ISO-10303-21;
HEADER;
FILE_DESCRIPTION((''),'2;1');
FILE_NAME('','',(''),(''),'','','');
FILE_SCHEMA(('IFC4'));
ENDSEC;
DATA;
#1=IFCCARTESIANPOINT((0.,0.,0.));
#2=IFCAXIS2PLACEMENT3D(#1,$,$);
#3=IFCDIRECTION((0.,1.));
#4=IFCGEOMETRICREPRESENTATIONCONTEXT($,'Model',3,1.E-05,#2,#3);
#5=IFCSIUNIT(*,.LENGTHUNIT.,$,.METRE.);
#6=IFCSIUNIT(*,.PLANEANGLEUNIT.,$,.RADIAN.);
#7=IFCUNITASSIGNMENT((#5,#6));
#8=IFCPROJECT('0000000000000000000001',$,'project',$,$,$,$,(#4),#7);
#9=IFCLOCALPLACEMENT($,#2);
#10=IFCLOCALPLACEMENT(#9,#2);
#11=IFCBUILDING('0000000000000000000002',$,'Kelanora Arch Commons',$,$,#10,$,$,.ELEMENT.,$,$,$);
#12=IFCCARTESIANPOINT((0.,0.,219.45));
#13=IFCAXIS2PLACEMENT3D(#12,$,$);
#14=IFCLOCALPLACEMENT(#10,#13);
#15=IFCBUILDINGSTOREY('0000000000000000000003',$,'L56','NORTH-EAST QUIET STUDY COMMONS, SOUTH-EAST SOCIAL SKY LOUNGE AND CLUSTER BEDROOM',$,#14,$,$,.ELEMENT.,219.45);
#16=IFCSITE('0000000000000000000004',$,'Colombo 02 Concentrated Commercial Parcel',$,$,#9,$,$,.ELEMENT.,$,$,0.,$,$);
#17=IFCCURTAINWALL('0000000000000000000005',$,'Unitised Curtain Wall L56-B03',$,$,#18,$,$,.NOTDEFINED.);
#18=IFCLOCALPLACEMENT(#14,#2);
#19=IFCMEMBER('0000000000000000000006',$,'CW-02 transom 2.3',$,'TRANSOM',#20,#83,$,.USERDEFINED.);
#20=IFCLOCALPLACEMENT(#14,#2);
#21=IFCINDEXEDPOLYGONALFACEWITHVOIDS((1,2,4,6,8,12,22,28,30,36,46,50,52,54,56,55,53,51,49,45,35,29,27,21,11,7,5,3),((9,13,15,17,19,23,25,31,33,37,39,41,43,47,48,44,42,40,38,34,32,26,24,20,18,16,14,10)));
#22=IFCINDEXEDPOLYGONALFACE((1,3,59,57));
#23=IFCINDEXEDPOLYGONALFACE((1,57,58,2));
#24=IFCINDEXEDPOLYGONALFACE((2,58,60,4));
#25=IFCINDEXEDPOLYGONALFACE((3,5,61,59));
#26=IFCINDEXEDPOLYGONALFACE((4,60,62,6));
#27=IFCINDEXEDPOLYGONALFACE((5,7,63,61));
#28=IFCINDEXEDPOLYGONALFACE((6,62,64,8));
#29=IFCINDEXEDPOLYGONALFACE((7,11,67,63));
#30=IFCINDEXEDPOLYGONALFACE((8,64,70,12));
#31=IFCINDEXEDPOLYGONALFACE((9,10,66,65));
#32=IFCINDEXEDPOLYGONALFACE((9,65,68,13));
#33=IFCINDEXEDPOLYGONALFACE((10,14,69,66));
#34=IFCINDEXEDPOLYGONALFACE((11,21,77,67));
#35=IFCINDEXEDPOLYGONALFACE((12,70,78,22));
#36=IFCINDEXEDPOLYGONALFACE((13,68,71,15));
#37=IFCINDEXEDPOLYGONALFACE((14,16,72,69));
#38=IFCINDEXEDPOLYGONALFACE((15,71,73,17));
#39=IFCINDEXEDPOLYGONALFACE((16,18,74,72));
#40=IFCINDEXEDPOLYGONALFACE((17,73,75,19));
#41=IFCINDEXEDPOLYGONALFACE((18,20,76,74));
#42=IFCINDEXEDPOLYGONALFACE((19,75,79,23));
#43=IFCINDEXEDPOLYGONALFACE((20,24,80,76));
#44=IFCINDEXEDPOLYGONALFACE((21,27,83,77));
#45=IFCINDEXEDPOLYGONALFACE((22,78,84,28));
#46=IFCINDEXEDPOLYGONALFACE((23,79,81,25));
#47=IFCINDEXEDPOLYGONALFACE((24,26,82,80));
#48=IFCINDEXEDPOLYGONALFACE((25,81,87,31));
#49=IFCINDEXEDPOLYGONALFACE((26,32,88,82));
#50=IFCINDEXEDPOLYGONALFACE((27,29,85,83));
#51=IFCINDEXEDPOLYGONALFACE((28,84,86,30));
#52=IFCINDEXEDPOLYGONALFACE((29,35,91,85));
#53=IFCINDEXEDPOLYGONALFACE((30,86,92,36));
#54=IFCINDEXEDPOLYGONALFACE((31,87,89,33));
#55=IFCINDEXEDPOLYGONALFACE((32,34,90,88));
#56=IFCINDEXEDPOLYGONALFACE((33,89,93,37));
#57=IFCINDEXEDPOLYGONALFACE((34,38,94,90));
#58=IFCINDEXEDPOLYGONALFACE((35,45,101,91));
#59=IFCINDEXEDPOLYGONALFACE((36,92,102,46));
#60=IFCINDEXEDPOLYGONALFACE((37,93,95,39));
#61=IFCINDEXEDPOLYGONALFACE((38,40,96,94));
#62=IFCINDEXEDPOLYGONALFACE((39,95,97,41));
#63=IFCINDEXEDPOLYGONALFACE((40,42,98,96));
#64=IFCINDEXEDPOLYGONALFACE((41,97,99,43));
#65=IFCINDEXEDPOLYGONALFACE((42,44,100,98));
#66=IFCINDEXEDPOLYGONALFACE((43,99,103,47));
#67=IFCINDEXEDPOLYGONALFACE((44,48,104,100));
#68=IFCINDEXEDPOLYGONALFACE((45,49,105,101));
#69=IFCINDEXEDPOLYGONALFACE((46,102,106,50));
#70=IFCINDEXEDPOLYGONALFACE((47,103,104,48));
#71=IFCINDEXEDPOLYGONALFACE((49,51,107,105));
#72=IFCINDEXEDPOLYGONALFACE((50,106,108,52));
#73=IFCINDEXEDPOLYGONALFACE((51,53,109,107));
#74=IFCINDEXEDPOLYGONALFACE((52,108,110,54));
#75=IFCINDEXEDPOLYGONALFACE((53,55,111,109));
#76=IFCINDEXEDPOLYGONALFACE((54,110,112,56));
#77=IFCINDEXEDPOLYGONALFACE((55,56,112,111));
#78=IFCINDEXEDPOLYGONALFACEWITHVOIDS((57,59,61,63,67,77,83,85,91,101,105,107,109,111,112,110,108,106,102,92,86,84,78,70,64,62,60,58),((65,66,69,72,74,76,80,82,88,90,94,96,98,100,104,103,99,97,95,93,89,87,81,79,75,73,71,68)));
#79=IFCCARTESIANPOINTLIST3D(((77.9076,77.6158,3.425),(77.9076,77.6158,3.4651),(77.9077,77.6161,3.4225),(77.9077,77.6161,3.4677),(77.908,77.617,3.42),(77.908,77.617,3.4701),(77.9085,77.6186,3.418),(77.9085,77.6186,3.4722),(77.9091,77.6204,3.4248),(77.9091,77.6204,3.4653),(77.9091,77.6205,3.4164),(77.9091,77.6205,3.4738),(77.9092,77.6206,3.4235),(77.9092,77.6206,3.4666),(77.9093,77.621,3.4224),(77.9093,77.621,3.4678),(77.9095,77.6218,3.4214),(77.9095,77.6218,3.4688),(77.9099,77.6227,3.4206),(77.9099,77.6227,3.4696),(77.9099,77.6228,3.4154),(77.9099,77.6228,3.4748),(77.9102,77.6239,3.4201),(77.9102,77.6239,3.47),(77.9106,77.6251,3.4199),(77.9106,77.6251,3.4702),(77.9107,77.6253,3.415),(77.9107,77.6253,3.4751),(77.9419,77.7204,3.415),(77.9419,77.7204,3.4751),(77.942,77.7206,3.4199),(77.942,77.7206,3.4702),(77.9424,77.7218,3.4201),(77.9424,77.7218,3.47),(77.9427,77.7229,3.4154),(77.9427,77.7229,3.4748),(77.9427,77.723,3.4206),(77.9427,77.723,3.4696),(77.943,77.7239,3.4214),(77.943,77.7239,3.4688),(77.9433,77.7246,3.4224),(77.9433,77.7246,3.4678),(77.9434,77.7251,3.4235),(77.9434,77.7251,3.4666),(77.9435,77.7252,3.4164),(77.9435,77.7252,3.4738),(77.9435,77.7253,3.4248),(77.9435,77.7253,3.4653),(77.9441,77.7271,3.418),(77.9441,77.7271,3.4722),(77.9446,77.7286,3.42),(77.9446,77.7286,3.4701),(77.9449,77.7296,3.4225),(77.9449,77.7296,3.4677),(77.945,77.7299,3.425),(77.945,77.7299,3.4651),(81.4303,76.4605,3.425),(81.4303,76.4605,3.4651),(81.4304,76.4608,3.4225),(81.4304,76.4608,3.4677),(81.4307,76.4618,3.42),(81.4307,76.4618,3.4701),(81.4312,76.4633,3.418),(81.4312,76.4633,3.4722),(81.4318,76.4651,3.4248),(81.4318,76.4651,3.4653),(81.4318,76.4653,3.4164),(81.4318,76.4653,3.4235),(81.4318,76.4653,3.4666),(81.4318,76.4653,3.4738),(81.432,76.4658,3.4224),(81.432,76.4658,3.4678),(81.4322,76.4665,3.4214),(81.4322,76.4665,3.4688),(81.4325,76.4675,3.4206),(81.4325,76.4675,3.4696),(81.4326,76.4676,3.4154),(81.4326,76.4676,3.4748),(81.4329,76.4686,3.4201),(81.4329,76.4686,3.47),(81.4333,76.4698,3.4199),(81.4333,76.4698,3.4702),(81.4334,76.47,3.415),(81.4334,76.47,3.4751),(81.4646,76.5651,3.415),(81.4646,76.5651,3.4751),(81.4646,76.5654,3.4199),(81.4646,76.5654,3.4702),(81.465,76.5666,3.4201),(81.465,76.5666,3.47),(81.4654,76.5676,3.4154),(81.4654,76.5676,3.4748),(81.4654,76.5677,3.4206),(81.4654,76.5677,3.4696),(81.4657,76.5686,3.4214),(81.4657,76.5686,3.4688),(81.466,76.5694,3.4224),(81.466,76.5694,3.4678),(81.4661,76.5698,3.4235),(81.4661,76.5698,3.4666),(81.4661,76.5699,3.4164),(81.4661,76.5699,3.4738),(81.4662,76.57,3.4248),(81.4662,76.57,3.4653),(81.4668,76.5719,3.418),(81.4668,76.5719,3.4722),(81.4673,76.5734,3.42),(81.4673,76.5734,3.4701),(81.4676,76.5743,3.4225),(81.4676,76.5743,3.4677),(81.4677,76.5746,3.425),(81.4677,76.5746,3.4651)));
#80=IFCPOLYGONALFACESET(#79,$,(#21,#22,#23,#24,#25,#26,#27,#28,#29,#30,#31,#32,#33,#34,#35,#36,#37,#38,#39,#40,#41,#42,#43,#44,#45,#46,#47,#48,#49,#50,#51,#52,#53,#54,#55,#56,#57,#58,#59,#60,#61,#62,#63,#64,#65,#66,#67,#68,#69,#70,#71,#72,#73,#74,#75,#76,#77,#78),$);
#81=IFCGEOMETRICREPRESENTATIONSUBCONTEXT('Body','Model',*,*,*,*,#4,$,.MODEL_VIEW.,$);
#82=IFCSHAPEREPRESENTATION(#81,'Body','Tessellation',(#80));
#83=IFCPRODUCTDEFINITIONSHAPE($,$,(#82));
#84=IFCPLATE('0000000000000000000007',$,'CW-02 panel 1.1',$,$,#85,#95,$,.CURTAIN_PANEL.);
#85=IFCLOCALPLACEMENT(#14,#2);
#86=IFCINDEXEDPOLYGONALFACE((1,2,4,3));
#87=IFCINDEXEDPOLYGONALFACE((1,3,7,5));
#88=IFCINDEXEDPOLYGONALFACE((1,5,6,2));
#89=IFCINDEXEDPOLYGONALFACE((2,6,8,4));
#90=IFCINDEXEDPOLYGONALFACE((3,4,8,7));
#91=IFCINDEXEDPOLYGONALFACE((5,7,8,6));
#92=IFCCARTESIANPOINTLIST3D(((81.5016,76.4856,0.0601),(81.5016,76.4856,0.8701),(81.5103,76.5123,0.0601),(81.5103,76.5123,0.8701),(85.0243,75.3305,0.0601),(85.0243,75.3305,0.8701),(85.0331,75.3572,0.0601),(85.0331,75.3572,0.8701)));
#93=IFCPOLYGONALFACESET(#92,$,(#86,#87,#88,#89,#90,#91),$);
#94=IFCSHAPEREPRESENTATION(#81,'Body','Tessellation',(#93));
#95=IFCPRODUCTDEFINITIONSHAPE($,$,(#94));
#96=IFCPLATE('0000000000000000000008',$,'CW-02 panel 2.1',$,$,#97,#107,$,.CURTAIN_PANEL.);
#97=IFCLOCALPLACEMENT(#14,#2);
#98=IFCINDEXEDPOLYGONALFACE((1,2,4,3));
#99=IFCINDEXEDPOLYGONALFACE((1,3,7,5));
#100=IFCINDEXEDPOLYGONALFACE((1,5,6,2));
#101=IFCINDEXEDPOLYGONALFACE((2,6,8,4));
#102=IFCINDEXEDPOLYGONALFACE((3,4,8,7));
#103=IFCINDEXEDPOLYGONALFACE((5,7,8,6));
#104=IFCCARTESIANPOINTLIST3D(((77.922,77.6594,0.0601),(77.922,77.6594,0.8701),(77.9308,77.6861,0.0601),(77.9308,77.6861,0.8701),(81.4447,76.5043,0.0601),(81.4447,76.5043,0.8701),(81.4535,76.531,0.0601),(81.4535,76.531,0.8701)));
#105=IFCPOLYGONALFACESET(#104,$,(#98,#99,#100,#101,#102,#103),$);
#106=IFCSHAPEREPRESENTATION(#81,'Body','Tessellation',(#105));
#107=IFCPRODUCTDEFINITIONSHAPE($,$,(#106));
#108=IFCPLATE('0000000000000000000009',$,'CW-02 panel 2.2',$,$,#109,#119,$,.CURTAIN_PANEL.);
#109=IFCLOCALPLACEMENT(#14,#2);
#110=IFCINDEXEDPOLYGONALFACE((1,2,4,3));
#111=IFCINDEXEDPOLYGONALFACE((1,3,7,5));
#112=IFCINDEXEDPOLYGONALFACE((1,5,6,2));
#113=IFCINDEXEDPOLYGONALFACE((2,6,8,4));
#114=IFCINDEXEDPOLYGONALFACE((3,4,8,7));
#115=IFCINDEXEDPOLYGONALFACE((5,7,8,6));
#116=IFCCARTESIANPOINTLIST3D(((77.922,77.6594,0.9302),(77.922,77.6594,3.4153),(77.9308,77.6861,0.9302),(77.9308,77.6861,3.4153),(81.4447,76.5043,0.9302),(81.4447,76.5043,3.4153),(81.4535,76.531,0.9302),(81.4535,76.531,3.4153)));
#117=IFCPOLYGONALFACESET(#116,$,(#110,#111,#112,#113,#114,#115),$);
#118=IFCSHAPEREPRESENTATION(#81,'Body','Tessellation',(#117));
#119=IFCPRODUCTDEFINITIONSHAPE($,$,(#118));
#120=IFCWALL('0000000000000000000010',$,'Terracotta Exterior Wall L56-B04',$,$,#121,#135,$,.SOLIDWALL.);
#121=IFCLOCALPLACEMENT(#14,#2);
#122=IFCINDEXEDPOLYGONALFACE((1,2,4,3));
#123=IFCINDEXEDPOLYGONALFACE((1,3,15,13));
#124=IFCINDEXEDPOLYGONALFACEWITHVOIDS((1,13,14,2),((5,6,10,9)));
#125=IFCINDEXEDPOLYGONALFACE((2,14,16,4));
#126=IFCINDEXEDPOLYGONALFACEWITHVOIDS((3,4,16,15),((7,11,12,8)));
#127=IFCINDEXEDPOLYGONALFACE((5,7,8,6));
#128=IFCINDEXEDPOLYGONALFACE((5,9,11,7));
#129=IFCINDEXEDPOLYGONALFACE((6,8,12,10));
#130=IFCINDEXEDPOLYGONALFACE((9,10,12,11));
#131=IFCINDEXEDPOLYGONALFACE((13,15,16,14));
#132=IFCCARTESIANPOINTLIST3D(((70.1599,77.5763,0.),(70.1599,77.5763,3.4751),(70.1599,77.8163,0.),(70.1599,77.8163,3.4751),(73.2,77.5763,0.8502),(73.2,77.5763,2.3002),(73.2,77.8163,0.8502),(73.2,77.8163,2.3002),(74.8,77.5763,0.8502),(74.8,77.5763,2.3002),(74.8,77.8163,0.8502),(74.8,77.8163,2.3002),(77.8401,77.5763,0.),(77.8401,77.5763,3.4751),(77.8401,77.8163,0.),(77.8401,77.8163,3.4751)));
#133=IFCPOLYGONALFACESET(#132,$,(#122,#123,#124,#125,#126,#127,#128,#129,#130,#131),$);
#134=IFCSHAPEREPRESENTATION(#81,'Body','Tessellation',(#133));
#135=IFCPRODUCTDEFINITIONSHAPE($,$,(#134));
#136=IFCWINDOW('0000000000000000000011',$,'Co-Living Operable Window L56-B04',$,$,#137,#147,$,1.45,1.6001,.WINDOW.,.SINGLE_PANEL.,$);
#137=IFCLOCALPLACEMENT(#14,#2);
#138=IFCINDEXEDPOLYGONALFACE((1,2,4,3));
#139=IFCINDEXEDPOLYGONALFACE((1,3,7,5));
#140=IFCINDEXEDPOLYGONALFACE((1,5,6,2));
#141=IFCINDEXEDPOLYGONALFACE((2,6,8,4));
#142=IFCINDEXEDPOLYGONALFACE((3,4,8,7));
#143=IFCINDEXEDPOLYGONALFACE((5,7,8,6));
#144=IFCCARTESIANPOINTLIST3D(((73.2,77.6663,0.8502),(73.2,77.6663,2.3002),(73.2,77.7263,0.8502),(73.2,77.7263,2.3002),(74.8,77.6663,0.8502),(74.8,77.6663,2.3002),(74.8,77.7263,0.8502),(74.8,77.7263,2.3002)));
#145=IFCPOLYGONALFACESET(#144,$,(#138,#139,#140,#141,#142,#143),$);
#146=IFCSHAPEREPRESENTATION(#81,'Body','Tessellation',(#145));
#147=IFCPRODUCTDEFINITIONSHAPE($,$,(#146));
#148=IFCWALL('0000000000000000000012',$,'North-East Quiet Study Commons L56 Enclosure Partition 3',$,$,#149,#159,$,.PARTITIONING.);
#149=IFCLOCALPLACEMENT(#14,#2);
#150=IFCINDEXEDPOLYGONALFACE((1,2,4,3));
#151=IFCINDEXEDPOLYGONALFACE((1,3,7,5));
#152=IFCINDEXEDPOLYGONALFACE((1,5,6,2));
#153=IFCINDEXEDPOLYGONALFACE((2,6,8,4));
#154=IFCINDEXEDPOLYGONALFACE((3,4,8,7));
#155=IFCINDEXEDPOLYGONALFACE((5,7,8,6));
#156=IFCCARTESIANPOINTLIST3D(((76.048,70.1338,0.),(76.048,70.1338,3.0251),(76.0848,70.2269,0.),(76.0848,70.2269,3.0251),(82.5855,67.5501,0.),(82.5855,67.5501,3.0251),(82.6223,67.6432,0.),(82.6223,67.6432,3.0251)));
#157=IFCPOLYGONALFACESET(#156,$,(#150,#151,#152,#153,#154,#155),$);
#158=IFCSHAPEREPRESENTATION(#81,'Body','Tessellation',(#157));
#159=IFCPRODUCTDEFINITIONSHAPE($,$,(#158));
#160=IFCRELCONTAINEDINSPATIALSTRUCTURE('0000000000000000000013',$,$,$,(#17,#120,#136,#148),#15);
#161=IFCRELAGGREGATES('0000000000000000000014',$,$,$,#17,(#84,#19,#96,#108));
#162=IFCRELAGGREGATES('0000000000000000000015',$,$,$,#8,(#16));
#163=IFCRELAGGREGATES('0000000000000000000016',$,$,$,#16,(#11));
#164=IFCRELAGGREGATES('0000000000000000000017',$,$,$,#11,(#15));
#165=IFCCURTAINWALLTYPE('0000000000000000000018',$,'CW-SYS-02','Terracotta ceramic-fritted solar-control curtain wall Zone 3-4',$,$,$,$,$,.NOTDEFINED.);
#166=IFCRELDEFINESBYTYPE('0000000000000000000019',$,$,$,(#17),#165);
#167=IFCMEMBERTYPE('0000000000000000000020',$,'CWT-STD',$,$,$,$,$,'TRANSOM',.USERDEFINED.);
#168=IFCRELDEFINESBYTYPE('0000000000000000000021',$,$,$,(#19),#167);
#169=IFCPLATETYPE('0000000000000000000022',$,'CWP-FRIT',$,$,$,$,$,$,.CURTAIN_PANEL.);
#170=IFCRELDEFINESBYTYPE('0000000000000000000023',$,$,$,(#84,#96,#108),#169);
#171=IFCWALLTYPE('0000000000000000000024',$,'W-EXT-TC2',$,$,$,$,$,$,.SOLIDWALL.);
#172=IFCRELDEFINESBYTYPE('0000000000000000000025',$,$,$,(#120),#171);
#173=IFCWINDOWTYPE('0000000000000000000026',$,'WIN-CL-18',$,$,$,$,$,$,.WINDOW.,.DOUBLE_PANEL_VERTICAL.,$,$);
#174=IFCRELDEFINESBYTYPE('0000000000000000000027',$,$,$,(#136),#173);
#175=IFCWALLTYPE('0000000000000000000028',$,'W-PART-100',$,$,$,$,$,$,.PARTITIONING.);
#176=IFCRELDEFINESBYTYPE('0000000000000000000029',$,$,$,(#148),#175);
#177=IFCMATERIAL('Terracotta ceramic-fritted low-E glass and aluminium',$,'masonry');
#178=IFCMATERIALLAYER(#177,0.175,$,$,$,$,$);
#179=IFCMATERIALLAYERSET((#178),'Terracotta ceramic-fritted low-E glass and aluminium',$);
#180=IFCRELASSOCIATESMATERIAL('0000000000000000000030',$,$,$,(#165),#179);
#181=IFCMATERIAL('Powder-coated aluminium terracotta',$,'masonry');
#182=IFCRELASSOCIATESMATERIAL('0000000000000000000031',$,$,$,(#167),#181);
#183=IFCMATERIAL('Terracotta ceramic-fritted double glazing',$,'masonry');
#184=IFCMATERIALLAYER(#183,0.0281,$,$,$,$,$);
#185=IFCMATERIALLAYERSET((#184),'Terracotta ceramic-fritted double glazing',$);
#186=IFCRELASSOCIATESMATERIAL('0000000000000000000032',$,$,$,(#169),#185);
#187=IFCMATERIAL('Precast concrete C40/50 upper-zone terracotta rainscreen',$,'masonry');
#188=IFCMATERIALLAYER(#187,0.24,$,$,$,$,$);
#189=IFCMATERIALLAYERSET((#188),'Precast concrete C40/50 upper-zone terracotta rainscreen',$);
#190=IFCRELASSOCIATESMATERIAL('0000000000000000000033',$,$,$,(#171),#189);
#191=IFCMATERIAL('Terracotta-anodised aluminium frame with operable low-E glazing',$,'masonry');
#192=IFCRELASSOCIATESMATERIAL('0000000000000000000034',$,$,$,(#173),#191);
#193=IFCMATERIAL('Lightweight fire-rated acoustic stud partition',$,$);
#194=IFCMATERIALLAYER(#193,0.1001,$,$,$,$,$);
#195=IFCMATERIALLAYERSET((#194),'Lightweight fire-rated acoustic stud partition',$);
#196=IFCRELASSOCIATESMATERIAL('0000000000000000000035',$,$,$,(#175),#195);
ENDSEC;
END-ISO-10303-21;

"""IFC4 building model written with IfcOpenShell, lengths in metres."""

from ifc_helpers import new_model, si_unit, direction, frame, frame_2d, origin, origin_2d, place, context, subcontext, project, spatial, rectangle, hollow_rectangle, extrude, source, transform, mapped, material, layer, layer_set, material_profile, profile_set, type_object, element, fill, aggregate, save


model = new_model("IFC4")

# Units and contexts
model_context = context("Model", 3, precision=1e-05, world=origin(), true_north=direction((0.0, 1.0)))
body_context = subcontext(model_context, "Body", "Model", "MODEL_VIEW")
ifc_project = project(units=[si_unit("LENGTHUNIT", "METRE"), si_unit("PLANEANGLEUNIT", "RADIAN")], contexts=[model_context])

# Site, building, storey
site_placement = place(None, origin())
site = spatial("IfcSite", under=ifc_project, at=site_placement, Name="Colombo 02 Concentrated Commercial Parcel", CompositionType="ELEMENT", RefElevation=0.0)
building_placement = place(site_placement, origin())
building = spatial("IfcBuilding", under=site, at=building_placement, Name="Kelanora Arch Commons", CompositionType="ELEMENT")
storey_placement = place(building_placement, frame((0.0, 0.0, 219.45)))
storey = spatial("IfcBuildingStorey", under=building, at=storey_placement, Name="L56", Description="NORTH-EAST QUIET STUDY COMMONS, SOUTH-EAST SOCIAL SKY LOUNGE AND CLUSTER BEDROOM", CompositionType="ELEMENT", Elevation=219.45)

# Curtain wall, member, plates
ifc_material_1 = material(Name="Terracotta ceramic-fritted low-E glass and aluminium", Category="masonry")
ifc_layer_1 = layer(ifc_material_1, 0.175)
ifc_layer_set_1 = layer_set([ifc_layer_1], Name="Terracotta ceramic-fritted low-E glass and aluminium")
curtain_wall_type = type_object("IfcCurtainWallType", Name="CW-SYS-02", Description="Terracotta ceramic-fritted solar-control curtain wall Zone 3-4", PredefinedType="NOTDEFINED", material=ifc_layer_set_1)
curtain_wall_placement = place(storey_placement, origin())
curtain_wall = element("IfcCurtainWall", 1, at=curtain_wall_placement, inside=storey, type_object=curtain_wall_type, Name="Unitised Curtain Wall L56-B03", PredefinedType="NOTDEFINED")
ifc_material_2 = material(Name="Powder-coated aluminium terracotta", Category="masonry")
ifc_material_profile_1 = material_profile(ifc_material_2, hollow_rectangle(XDim=0.1201, YDim=0.0601, WallThickness=0.0049, InnerFilletRadius=0.0049, OuterFilletRadius=0.01, at=origin_2d()), Name="CWT120x60")
ifc_profile_set_1 = profile_set([ifc_material_profile_1], Name="Powder-coated aluminium terracotta")
member_type_1 = type_object("IfcMemberType", Name="CWT-STD", ElementType="TRANSOM", PredefinedType="USERDEFINED", material=ifc_profile_set_1)
member_1_placement = place(storey_placement, frame((81.449, 76.5176, 3.4451), z_axis=(-0.950207, 0.311621, 0.0), x_axis=(-0.311621, -0.950207, 0.0)))
member_1 = element("IfcMember", 2, at=member_1_placement, type_object=member_type_1, Name="CW-02 transom 2.3", ObjectType="TRANSOM", PredefinedType="USERDEFINED", context=body_context, shape_type="SweptSolid", body=[
    extrude(hollow_rectangle(XDim=0.1201, YDim=0.0601, WallThickness=0.0049, InnerFilletRadius=0.0049, OuterFilletRadius=0.01, at=origin_2d()), origin(), (0.0, 0.0, 1.0), 3.7073),
])
ifc_material_3 = material(Name="Terracotta ceramic-fritted double glazing", Category="masonry")
ifc_layer_2 = layer(ifc_material_3, 0.0281)
ifc_layer_set_2 = layer_set([ifc_layer_2], Name="Terracotta ceramic-fritted double glazing")
plate_type = type_object("IfcPlateType", Name="CWP-FRIT", PredefinedType="CURTAIN_PANEL", material=ifc_layer_set_2)
shared_shape_1 = source(origin(), body_context, "Body", "SweptSolid", [
    extrude(rectangle(XDim=3.7073, YDim=0.0281, at=origin_2d()), origin(), (0.0, 0.0, 1.0), 0.8101),
])
plate_1_placement = place(storey_placement, frame((83.2673, 75.9214, 0.0601), z_axis=(0.0, 0.0, 1.0), x_axis=(-0.950219, 0.311582, 0.0)))
plate_1 = element("IfcPlate", 3, at=plate_1_placement, type_object=plate_type, Name="CW-02 panel 1.1", PredefinedType="CURTAIN_PANEL", context=body_context, shape_type="MappedRepresentation", body=[
    mapped(shared_shape_1, transform((0.0, 0.0, 0.0), scale=1.0)),
])
plate_2_placement = place(storey_placement, frame((79.6877, 77.0952, 0.0601), z_axis=(0.0, 0.0, 1.0), x_axis=(-0.950219, 0.311582, 0.0)))
plate_2 = element("IfcPlate", 4, at=plate_2_placement, type_object=plate_type, Name="CW-02 panel 2.1", PredefinedType="CURTAIN_PANEL", context=body_context, shape_type="MappedRepresentation", body=[
    mapped(shared_shape_1, transform((0.0, 0.0, 0.0), scale=1.0)),
])
shared_shape_2 = source(origin(), body_context, "Body", "SweptSolid", [
    extrude(rectangle(XDim=3.7073, YDim=0.0281, at=origin_2d()), origin(), (0.0, 0.0, 1.0), 2.4851),
])
plate_3_placement = place(storey_placement, frame((79.6877, 77.0952, 0.9302), z_axis=(0.0, 0.0, 1.0), x_axis=(-0.950219, 0.311582, 0.0)))
plate_3 = element("IfcPlate", 5, at=plate_3_placement, type_object=plate_type, Name="CW-02 panel 2.2", PredefinedType="CURTAIN_PANEL", context=body_context, shape_type="MappedRepresentation", body=[
    mapped(shared_shape_2, transform((0.0, 0.0, 0.0), scale=1.0)),
])
aggregate(curtain_wall, [plate_1, member_1, plate_2, plate_3])

# Wall, opening, window
ifc_material_4 = material(Name="Precast concrete C40/50 upper-zone terracotta rainscreen", Category="masonry")
ifc_layer_3 = layer(ifc_material_4, 0.24)
ifc_layer_set_3 = layer_set([ifc_layer_3], Name="Precast concrete C40/50 upper-zone terracotta rainscreen")
wall_type_1 = type_object("IfcWallType", Name="W-EXT-TC2", PredefinedType="SOLIDWALL", material=ifc_layer_set_3)
wall_1_placement = place(storey_placement, frame((77.8401, 77.6963, 0.0), z_axis=(0.0, 0.0, 1.0), x_axis=(-1.0, 0.0, 0.0)))
wall_1 = element("IfcWall", 6, at=wall_1_placement, inside=storey, type_object=wall_type_1, Name="Terracotta Exterior Wall L56-B04", PredefinedType="SOLIDWALL", context=body_context, shape_type="SweptSolid", body=[
    extrude(rectangle(XDim=7.6802, YDim=0.24, at=frame_2d((3.8401, 0.0))), origin(), (0.0, 0.0, 1.0), 3.4751),
])
opening_1_placement = place(wall_1_placement, frame((3.04, 0.0, 0.8501)))
opening_1 = element("IfcOpeningElement", 7, at=opening_1_placement, cuts=wall_1, PredefinedType="OPENING", context=body_context, shape_type="SweptSolid", body=[
    extrude(rectangle(XDim=1.6001, YDim=1.45, at=frame_2d((0.8, 0.7251))), frame((0.0, 0.1299, 0.0), z_axis=(0.0, -1.0, 0.0), x_axis=(1.0, 0.0, 0.0)), (0.0, 0.0, 1.0), 0.26),
])
ifc_material_5 = material(Name="Terracotta-anodised aluminium frame with operable low-E glazing", Category="masonry")
window_type = type_object("IfcWindowType", Name="WIN-CL-18", PartitioningType="DOUBLE_PANEL_VERTICAL", PredefinedType="WINDOW", material=ifc_material_5)
window_placement = place(opening_1_placement, origin())
window = element("IfcWindow", 8, at=window_placement, inside=storey, type_object=window_type, Name="Co-Living Operable Window L56-B04", OverallHeight=1.45, OverallWidth=1.6001, PartitioningType="SINGLE_PANEL", PredefinedType="WINDOW", context=body_context, shape_type="SweptSolid", body=[
    extrude(rectangle(XDim=1.6001, YDim=1.45, at=frame_2d((0.8, 0.7251))), frame((0.0, 0.03, 0.0), z_axis=(0.0, -1.0, 0.0), x_axis=(1.0, 0.0, 0.0)), (0.0, 0.0, 1.0), 0.0601),
])
fill(opening_1, window)

# Wall
ifc_material_6 = material(Name="Lightweight fire-rated acoustic stud partition")
ifc_layer_4 = layer(ifc_material_6, 0.1001)
ifc_layer_set_4 = layer_set([ifc_layer_4], Name="Lightweight fire-rated acoustic stud partition")
wall_type_2 = type_object("IfcWallType", Name="W-PART-100", PredefinedType="PARTITIONING", material=ifc_layer_set_4)
wall_2_placement = place(storey_placement, frame((82.6038, 67.5967, 0.0), z_axis=(0.0, 0.0, 1.0), x_axis=(-0.930004, 0.367549, 0.0)))
element("IfcWall", 9, at=wall_2_placement, inside=storey, type_object=wall_type_2, Name="North-East Quiet Study Commons L56 Enclosure Partition 3", PredefinedType="PARTITIONING", context=body_context, shape_type="SweptSolid", body=[
    extrude(rectangle(XDim=7.0295, YDim=0.1001, at=frame_2d((3.5146, 0.0))), origin(), (0.0, 0.0, 1.0), 3.0251),
])

save(model, "model.ifc")
